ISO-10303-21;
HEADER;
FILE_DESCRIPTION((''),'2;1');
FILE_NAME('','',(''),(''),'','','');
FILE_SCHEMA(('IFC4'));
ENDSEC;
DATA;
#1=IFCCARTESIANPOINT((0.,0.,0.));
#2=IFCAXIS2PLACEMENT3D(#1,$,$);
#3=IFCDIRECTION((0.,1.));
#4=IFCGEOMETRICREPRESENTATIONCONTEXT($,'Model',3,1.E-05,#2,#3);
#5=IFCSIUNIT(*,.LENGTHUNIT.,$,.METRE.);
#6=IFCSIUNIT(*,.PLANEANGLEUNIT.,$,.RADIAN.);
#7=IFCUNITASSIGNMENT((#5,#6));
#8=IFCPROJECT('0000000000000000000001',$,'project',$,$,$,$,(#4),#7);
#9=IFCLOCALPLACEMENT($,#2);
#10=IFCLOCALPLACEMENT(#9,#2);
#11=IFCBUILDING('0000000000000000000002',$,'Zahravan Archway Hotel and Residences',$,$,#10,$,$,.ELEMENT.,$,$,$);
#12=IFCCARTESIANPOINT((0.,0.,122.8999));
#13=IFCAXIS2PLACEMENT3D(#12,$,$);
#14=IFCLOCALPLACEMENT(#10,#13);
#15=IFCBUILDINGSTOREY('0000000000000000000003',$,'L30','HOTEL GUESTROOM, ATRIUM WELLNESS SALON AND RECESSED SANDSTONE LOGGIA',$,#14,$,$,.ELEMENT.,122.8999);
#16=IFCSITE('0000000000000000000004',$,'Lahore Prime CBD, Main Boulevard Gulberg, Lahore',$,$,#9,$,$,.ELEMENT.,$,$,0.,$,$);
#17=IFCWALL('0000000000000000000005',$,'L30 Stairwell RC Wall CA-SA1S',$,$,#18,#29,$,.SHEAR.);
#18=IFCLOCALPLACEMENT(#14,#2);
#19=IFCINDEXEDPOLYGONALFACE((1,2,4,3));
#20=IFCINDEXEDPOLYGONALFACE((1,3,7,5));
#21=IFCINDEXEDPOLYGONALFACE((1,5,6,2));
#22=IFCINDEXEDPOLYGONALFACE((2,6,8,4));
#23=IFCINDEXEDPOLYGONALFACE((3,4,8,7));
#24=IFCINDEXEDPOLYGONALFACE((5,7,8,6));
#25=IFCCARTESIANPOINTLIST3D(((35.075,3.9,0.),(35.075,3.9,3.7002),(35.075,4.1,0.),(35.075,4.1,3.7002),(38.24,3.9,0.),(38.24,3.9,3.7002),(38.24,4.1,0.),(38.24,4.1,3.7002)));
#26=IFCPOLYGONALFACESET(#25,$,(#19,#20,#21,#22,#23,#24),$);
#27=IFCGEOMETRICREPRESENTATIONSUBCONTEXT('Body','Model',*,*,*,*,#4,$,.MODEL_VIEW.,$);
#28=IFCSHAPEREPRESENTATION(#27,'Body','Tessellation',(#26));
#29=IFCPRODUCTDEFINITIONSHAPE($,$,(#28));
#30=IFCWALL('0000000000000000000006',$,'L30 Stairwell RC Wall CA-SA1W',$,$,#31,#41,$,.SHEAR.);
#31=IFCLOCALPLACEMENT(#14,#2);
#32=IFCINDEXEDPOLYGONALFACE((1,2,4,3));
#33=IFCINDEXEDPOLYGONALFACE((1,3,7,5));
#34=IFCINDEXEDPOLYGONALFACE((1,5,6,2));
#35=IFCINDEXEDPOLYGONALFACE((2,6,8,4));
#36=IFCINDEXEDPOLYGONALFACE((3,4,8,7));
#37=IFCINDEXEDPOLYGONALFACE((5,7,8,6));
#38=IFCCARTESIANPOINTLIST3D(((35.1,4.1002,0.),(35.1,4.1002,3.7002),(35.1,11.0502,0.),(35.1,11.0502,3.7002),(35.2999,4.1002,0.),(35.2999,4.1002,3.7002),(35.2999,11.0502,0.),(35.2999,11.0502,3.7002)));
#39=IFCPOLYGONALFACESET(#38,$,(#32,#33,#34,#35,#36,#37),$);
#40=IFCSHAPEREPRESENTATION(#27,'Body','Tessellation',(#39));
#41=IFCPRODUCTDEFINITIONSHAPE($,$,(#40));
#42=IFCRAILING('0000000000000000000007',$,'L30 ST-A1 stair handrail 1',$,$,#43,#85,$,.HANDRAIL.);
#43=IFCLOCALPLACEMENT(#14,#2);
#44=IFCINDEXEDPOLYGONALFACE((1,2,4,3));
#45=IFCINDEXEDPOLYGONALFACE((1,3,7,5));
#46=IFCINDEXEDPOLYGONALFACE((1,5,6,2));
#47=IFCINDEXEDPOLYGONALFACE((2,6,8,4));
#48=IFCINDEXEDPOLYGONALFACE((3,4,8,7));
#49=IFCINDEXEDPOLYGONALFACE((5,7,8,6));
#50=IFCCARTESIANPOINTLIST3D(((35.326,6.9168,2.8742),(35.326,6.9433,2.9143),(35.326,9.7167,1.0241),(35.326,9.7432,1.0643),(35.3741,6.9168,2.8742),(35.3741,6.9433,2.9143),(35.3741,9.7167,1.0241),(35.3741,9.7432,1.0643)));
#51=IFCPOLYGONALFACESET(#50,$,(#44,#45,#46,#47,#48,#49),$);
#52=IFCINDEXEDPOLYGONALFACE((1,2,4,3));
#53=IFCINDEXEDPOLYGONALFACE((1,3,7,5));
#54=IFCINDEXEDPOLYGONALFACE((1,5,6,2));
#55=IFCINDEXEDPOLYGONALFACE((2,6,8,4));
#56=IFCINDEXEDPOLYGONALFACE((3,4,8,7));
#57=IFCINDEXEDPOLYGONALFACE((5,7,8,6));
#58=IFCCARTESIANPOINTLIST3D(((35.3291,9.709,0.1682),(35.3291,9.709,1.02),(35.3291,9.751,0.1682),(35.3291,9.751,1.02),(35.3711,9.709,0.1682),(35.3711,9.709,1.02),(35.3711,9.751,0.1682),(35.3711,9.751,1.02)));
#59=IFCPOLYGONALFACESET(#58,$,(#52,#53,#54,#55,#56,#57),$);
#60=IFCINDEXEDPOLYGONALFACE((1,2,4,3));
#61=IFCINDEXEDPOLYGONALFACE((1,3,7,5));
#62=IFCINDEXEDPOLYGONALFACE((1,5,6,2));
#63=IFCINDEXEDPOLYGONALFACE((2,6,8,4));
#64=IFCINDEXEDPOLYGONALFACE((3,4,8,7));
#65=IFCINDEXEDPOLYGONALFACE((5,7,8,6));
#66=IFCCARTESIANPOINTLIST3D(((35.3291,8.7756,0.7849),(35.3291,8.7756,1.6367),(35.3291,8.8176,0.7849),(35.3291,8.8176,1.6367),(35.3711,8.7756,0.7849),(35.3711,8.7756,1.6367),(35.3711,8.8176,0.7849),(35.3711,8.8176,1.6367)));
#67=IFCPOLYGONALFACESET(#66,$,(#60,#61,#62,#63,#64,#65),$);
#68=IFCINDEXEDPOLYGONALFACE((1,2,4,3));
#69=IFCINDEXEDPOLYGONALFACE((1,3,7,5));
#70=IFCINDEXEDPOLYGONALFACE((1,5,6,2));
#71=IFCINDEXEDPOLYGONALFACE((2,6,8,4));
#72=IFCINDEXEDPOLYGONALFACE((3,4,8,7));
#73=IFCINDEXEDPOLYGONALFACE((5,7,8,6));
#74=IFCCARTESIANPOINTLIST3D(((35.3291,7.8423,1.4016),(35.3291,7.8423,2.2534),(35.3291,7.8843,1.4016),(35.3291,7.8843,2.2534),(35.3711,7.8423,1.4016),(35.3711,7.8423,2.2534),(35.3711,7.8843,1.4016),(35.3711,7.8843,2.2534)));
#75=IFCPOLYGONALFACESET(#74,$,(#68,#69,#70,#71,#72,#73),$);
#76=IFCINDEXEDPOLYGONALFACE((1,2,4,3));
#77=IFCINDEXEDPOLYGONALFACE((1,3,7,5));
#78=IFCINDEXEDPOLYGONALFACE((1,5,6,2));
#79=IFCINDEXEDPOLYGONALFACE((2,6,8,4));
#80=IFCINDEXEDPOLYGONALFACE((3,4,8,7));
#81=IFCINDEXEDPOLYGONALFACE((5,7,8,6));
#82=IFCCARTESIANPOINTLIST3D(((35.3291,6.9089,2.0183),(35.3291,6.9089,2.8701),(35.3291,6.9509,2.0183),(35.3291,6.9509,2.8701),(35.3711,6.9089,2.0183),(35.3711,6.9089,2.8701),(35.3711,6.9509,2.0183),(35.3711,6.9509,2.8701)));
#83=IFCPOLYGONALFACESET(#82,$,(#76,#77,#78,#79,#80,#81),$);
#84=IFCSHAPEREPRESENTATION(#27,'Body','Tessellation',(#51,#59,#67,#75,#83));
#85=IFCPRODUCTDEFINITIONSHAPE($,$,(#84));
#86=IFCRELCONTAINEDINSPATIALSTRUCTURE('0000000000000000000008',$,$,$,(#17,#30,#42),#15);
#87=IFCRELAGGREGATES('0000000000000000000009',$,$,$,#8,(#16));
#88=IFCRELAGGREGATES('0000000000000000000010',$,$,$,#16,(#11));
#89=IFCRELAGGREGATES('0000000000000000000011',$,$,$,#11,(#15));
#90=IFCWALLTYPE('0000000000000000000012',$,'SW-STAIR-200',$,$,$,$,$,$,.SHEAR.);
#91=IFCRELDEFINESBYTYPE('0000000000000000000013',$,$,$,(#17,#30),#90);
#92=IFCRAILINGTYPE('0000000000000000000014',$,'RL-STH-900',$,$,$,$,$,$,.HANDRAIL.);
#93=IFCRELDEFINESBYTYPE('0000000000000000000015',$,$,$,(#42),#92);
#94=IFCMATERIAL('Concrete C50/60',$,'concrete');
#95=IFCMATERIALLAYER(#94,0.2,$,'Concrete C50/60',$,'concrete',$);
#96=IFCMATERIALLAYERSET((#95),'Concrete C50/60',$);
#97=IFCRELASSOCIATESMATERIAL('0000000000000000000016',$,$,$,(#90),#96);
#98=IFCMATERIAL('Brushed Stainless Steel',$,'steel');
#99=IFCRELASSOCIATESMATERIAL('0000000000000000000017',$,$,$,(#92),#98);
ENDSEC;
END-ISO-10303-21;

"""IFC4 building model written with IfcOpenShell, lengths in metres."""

from ifc_helpers import new_model, si_unit, direction, frame, frame_2d, origin, origin_2d, place, context, subcontext, project, spatial, rectangle, extrude, material, layer, layer_set, type_object, element, save


model = new_model("IFC4")

# Units and contexts
model_context = context("Model", 3, precision=1e-05, world=origin(), true_north=direction((0.0, 1.0)))
body_context = subcontext(model_context, "Body", "Model", "MODEL_VIEW")
ifc_project = project(units=[si_unit("LENGTHUNIT", "METRE"), si_unit("PLANEANGLEUNIT", "RADIAN")], contexts=[model_context])

# Site, building, storey
site_placement = place(None, origin())
site = spatial("IfcSite", under=ifc_project, at=site_placement, Name="Lahore Prime CBD, Main Boulevard Gulberg, Lahore", CompositionType="ELEMENT", RefElevation=0.0)
building_placement = place(site_placement, origin())
building = spatial("IfcBuilding", under=site, at=building_placement, Name="Zahravan Archway Hotel and Residences", CompositionType="ELEMENT")
storey_placement = place(building_placement, frame((0.0, 0.0, 122.8999)))
storey = spatial("IfcBuildingStorey", under=building, at=storey_placement, Name="L30", Description="HOTEL GUESTROOM, ATRIUM WELLNESS SALON AND RECESSED SANDSTONE LOGGIA", CompositionType="ELEMENT", Elevation=122.8999)

# Walls
ifc_material_1 = material(Name="Concrete C50/60", Category="concrete")
ifc_layer_1 = layer(ifc_material_1, 0.2, Name="Concrete C50/60", Category="concrete")
ifc_layer_set_1 = layer_set([ifc_layer_1], Name="Concrete C50/60")
wall_type_1 = type_object("IfcWallType", Name="SW-STAIR-200", PredefinedType="SHEAR", material=ifc_layer_set_1)
wall_1_placement = place(storey_placement, frame((35.075, 4.0, 0.0), z_axis=(0.0, 0.0, 1.0), x_axis=(1.0, 0.0, 0.0)))
element("IfcWall", 1, at=wall_1_placement, inside=storey, type_object=wall_type_1, Name="L30 Stairwell RC Wall CA-SA1S", PredefinedType="SHEAR", context=body_context, shape_type="SweptSolid", body=[
    extrude(rectangle(XDim=3.165, YDim=0.2, at=frame_2d((1.5825, 0.0))), origin(), (0.0, 0.0, 1.0), 3.7002),
])
wall_2_placement = place(storey_placement, frame((35.2, 4.1001, 0.0), z_axis=(0.0, 0.0, 1.0), x_axis=(0.0, 1.0, 0.0)))
element("IfcWall", 2, at=wall_2_placement, inside=storey, type_object=wall_type_1, Name="L30 Stairwell RC Wall CA-SA1W", PredefinedType="SHEAR", context=body_context, shape_type="SweptSolid", body=[
    extrude(rectangle(XDim=6.95, YDim=0.2, at=frame_2d((3.4751, 0.0))), origin(), (0.0, 0.0, 1.0), 3.7002),
])

# Railing
ifc_material_2 = material(Name="Brushed Stainless Steel", Category="steel")
railing_type = type_object("IfcRailingType", Name="RL-STH-900", PredefinedType="HANDRAIL", material=ifc_material_2)
railing_placement = place(storey_placement, frame((35.3501, 9.73, 0.1682)))
element("IfcRailing", 3, at=railing_placement, inside=storey, type_object=railing_type, Name="L30 ST-A1 stair handrail 1", PredefinedType="HANDRAIL", context=body_context, shape_type="SweptSolid", body=[
    extrude(rectangle(XDim=0.0481, YDim=0.0481, at=origin_2d()), frame((0.0, 0.0, 0.876), z_axis=(0.0, -0.834326, 0.551271), x_axis=(1.0, 0.0, 0.0)), (0.0, 0.0, 1.0), 3.356),
    extrude(rectangle(XDim=0.042, YDim=0.042, at=origin_2d()), origin(), (0.0, 0.0, 1.0), 0.8518),
    extrude(rectangle(XDim=0.042, YDim=0.042, at=origin_2d()), frame((0.0, -0.9333, 0.6167)), (0.0, 0.0, 1.0), 0.8518),
    extrude(rectangle(XDim=0.042, YDim=0.042, at=origin_2d()), frame((0.0, -1.8667, 1.2334)), (0.0, 0.0, 1.0), 0.8518),
    extrude(rectangle(XDim=0.042, YDim=0.042, at=origin_2d()), frame((0.0, -2.8, 1.8501)), (0.0, 0.0, 1.0), 0.8518),
])

save(model, "model.ifc")
